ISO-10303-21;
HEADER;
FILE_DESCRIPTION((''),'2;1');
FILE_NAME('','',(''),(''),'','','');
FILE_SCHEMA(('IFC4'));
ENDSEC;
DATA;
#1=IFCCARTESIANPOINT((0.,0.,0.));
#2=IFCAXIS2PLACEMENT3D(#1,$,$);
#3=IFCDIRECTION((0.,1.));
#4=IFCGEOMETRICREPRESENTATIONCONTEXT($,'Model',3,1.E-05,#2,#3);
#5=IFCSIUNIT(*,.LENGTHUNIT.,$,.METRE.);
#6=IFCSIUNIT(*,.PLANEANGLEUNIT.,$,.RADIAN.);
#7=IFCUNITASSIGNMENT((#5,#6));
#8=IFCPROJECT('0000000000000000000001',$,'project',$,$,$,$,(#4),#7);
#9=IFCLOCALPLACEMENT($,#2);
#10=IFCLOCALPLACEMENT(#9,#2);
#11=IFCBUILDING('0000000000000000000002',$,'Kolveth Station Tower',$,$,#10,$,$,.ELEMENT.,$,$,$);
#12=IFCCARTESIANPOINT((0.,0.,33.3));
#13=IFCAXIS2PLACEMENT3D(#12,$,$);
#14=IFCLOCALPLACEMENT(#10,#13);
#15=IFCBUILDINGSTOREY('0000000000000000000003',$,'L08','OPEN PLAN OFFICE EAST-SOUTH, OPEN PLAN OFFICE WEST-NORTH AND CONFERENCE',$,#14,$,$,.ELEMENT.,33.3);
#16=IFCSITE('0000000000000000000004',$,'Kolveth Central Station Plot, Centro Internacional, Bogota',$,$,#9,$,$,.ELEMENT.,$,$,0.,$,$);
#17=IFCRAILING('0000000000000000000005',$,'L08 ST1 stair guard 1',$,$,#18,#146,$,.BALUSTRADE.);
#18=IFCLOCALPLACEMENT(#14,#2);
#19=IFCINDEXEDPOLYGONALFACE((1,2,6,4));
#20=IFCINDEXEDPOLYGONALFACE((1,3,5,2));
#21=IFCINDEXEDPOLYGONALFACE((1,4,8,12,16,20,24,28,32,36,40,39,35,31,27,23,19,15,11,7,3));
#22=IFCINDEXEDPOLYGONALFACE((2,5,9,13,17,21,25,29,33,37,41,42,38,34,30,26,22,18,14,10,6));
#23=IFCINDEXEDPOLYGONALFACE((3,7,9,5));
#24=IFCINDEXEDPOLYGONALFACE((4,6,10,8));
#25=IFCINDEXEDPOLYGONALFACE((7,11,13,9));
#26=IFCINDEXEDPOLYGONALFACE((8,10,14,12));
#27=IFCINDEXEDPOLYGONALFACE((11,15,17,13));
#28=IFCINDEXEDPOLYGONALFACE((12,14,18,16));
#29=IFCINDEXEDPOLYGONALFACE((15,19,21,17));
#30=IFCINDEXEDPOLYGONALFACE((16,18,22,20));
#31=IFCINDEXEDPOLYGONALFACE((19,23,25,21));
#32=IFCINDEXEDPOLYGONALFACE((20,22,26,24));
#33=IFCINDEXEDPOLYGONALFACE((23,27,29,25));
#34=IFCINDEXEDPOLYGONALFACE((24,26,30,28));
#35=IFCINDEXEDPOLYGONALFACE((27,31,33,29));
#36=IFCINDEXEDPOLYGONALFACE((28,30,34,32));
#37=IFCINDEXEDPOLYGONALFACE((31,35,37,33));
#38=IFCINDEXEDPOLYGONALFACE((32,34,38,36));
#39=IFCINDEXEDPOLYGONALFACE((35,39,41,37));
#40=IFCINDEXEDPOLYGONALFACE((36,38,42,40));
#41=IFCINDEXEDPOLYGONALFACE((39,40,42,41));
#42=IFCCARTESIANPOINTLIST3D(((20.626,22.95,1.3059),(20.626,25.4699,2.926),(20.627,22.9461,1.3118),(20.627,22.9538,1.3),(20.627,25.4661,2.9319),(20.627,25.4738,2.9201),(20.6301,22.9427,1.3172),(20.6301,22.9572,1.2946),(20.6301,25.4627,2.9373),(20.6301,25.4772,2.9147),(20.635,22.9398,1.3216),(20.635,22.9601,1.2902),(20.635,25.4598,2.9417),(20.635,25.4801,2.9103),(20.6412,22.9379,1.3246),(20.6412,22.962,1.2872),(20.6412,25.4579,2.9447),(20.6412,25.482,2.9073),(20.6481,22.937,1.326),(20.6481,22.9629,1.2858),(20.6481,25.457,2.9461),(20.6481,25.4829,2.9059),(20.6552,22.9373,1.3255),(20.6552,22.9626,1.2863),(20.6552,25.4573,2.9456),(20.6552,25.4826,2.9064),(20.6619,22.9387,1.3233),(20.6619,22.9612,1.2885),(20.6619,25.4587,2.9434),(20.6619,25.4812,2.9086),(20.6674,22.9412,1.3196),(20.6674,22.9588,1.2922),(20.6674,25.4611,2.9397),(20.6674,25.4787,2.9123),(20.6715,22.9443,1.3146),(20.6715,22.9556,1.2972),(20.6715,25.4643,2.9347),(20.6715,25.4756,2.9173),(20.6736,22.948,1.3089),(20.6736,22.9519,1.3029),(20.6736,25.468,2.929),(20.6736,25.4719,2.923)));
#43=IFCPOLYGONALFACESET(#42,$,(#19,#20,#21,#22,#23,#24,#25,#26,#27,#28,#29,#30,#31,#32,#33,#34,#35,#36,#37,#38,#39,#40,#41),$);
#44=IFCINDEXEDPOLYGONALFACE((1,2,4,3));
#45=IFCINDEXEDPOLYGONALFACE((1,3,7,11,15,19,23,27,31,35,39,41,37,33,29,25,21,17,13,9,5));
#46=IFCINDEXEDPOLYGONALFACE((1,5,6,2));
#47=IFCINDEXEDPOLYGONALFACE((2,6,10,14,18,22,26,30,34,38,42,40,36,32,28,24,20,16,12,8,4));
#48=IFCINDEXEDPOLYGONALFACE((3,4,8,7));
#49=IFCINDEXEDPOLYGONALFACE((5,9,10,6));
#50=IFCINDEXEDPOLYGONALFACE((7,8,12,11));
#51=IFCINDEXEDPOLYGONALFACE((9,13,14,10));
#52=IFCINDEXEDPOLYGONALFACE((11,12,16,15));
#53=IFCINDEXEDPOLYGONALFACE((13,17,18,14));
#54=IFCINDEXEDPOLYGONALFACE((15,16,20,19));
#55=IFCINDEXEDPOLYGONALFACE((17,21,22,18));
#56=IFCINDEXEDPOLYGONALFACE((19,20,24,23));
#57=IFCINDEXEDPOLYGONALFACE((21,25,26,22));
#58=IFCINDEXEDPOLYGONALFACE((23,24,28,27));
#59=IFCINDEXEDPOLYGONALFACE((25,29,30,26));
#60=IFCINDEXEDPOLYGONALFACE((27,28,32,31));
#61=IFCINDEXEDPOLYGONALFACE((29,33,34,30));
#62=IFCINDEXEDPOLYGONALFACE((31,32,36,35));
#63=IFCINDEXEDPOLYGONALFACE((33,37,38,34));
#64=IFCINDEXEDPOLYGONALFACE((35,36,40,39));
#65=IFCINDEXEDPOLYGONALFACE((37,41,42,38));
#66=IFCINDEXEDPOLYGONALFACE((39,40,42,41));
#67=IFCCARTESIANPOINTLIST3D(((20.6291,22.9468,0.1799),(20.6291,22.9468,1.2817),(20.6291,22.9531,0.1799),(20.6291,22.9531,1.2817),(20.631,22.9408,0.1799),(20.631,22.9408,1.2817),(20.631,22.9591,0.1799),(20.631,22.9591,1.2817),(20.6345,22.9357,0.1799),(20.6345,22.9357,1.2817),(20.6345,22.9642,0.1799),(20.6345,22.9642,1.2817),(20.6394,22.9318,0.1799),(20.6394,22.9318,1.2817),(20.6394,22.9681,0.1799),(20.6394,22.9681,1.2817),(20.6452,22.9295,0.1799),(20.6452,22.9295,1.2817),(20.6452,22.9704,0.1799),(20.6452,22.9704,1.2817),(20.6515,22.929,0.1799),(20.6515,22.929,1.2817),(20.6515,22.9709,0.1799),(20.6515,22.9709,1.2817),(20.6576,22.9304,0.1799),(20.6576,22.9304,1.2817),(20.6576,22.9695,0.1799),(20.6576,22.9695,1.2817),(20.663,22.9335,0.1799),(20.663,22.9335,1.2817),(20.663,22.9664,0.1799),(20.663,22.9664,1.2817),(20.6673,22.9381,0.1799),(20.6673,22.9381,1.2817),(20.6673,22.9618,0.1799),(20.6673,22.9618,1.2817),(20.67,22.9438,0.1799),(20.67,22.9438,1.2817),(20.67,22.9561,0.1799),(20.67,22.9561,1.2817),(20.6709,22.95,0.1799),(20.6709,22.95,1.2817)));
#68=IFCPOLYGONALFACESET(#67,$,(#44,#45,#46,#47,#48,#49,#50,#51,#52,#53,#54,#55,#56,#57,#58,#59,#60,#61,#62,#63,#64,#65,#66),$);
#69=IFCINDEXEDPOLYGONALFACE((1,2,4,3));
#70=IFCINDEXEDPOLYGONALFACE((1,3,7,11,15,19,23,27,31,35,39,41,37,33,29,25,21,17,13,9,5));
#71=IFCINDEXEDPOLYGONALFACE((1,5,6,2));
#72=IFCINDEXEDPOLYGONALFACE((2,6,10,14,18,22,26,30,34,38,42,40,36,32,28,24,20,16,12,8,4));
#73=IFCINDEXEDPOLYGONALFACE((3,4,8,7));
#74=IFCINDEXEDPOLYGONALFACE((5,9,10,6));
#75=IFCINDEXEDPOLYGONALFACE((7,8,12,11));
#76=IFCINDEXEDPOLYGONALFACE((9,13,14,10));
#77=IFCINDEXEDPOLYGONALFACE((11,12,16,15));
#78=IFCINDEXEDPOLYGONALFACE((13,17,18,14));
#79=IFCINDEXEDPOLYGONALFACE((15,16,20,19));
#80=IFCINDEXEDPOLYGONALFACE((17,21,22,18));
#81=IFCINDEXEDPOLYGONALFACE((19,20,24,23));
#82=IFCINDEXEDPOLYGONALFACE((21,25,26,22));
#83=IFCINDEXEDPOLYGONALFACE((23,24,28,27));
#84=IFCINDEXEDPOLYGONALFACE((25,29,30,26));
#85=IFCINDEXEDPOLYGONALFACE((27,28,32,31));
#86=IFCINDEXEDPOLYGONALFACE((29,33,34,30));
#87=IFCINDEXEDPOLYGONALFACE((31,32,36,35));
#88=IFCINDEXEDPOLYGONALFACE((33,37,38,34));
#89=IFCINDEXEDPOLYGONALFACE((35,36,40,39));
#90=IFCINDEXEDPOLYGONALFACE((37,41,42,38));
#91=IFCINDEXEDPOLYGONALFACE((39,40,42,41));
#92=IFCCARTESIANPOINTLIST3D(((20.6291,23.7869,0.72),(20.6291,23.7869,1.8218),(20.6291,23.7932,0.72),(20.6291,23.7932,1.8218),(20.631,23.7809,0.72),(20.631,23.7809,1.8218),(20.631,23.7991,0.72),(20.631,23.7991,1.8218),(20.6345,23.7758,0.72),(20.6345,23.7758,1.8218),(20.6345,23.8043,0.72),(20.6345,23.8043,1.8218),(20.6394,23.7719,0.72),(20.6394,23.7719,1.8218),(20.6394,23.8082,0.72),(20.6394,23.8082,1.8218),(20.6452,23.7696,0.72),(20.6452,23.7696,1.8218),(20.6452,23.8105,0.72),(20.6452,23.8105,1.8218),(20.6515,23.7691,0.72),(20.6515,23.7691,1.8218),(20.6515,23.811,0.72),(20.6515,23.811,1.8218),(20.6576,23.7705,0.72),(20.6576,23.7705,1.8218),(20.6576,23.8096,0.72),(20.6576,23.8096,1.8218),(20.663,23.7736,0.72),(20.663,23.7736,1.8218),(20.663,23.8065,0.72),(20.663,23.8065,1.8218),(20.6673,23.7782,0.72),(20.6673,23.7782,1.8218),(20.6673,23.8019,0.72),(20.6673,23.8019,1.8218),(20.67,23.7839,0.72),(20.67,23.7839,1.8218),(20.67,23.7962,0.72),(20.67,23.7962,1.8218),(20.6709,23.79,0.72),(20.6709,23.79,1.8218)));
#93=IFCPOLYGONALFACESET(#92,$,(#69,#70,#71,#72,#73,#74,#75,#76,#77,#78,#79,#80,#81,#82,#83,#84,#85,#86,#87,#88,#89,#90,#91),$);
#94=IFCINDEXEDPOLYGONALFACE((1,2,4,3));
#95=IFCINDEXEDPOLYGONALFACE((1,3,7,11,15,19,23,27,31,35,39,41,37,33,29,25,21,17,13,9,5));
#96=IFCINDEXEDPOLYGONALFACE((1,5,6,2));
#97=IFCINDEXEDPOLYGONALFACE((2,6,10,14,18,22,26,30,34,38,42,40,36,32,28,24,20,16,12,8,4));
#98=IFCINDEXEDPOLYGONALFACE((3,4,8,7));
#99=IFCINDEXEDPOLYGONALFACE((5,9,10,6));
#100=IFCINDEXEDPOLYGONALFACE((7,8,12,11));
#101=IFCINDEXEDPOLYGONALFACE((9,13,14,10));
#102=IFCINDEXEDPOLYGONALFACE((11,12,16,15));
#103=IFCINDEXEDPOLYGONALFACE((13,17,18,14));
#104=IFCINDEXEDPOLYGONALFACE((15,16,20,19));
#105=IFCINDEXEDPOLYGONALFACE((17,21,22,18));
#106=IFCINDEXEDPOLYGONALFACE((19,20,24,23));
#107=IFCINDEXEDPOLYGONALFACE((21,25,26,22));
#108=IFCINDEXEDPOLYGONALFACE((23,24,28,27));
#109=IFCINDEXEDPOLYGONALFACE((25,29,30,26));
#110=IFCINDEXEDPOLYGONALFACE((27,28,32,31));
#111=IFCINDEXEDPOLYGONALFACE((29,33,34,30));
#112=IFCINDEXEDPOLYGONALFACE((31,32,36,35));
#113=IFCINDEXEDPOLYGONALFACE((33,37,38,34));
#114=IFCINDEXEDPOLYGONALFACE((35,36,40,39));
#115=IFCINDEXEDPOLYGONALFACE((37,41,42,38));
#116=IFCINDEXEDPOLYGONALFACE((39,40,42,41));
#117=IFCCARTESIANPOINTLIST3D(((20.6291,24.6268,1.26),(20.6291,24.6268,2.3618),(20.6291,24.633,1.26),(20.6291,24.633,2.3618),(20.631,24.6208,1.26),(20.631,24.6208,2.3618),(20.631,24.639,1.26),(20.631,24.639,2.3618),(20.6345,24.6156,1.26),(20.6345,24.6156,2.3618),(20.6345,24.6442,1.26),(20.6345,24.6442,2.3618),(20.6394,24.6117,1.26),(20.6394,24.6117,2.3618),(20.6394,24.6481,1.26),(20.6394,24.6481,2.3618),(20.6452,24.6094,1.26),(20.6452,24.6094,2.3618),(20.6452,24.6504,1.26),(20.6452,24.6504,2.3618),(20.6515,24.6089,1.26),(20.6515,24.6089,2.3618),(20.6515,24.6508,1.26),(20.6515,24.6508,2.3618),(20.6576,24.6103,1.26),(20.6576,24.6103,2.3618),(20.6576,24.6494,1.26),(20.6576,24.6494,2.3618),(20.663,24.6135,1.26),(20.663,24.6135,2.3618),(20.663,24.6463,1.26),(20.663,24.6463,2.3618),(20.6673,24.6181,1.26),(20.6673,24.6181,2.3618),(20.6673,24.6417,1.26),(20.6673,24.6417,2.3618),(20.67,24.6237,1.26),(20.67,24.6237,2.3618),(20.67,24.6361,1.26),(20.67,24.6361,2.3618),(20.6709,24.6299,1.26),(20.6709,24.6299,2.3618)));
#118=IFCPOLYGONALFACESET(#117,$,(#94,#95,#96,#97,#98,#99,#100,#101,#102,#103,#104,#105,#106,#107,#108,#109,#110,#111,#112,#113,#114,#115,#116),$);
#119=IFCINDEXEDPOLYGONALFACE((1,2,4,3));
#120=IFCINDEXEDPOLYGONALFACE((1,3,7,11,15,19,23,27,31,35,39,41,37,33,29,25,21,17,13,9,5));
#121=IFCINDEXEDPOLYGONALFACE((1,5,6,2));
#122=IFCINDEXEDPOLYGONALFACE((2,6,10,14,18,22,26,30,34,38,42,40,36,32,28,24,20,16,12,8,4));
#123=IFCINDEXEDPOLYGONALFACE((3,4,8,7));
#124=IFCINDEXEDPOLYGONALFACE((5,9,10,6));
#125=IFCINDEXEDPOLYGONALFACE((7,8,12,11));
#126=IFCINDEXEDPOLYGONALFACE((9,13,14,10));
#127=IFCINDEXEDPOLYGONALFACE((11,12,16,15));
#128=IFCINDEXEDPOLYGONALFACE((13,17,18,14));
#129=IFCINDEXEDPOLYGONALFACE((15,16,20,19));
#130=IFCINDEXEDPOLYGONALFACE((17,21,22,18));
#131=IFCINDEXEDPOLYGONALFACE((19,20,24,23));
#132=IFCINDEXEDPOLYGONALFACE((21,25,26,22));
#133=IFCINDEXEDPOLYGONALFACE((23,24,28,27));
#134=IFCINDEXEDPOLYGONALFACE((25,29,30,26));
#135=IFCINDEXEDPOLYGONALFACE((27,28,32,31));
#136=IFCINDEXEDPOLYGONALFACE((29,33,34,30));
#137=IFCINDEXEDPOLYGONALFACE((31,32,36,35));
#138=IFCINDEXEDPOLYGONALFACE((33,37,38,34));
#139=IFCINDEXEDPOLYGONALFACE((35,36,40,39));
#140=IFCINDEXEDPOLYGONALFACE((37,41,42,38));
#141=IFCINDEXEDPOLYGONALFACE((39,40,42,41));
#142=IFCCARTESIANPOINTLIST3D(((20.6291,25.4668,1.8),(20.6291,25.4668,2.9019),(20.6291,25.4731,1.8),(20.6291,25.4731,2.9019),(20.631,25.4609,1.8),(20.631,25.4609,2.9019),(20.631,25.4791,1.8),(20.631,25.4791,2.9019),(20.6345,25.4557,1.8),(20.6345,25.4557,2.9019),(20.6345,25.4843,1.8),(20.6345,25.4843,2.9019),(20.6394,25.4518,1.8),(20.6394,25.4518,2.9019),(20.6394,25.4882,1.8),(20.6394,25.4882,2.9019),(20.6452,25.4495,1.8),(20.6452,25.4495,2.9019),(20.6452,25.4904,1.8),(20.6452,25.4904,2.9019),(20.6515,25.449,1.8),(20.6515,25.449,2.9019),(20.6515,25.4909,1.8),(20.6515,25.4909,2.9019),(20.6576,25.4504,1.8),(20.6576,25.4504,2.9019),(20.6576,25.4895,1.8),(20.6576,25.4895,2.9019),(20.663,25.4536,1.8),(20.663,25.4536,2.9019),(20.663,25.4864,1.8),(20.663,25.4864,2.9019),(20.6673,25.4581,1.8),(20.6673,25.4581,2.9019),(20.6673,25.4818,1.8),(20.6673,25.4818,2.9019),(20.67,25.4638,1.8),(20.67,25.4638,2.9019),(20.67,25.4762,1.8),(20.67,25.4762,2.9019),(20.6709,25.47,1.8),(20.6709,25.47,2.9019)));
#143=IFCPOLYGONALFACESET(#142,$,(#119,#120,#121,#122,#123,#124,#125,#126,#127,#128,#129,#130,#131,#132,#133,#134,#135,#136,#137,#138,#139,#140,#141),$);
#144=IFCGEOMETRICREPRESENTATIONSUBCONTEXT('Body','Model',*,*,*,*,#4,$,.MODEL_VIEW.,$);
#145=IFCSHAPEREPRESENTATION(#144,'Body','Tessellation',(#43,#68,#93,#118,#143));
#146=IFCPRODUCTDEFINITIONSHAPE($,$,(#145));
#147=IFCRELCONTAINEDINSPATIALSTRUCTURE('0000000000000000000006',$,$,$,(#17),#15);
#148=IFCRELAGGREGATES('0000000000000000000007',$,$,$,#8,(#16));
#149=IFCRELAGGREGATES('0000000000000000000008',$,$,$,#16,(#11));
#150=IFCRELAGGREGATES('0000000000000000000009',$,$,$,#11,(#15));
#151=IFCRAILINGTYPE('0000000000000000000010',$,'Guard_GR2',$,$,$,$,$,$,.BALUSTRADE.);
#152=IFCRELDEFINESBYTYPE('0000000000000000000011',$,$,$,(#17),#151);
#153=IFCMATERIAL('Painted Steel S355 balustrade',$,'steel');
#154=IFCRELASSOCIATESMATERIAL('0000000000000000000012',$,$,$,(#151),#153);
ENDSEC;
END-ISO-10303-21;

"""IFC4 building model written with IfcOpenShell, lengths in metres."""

from ifc_helpers import new_model, si_unit, direction, frame, origin, origin_2d, place, context, subcontext, project, spatial, circle, extrude, material, type_object, element, save


model = new_model("IFC4")

# Units and contexts
model_context = context("Model", 3, precision=1e-05, world=origin(), true_north=direction((0.0, 1.0)))
body_context = subcontext(model_context, "Body", "Model", "MODEL_VIEW")
ifc_project = project(units=[si_unit("LENGTHUNIT", "METRE"), si_unit("PLANEANGLEUNIT", "RADIAN")], contexts=[model_context])

# Site, building, storey
site_placement = place(None, origin())
site = spatial("IfcSite", under=ifc_project, at=site_placement, Name="Kolveth Central Station Plot, Centro Internacional, Bogota", CompositionType="ELEMENT", RefElevation=0.0)
building_placement = place(site_placement, origin())
building = spatial("IfcBuilding", under=site, at=building_placement, Name="Kolveth Station Tower", CompositionType="ELEMENT")
storey_placement = place(building_placement, frame((0.0, 0.0, 33.3)))
storey = spatial("IfcBuildingStorey", under=building, at=storey_placement, Name="L08", Description="OPEN PLAN OFFICE EAST-SOUTH, OPEN PLAN OFFICE WEST-NORTH AND CONFERENCE", CompositionType="ELEMENT", Elevation=33.3)

# Railing
ifc_material_1 = material(Name="Painted Steel S355 balustrade", Category="steel")
railing_type_1 = type_object("IfcRailingType", Name="Guard_GR2", PredefinedType="BALUSTRADE", material=ifc_material_1)
railing_1_placement = place(storey_placement, frame((20.6499, 22.95, 0.1799)))
element("IfcRailing", 1, at=railing_1_placement, inside=storey, type_object=railing_type_1, Name="L08 ST1 stair guard 1", PredefinedType="BALUSTRADE", context=body_context, shape_type="SweptSolid", body=[
    extrude(circle(Radius=0.0239, at=origin_2d()), frame((0.0, 0.0, 1.126), z_axis=(0.0, 0.841163, 0.540782), x_axis=(-1.0, 0.0, 0.0)), (0.0, 0.0, 1.0), 2.9958),
    extrude(circle(Radius=0.021, at=origin_2d()), origin(), (0.0, 0.0, 1.0), 1.1018),
    extrude(circle(Radius=0.021, at=origin_2d()), frame((0.0, 0.8401, 0.54)), (0.0, 0.0, 1.0), 1.1018),
    extrude(circle(Radius=0.021, at=origin_2d()), frame((0.0, 1.6799, 1.0801)), (0.0, 0.0, 1.0), 1.1018),
    extrude(circle(Radius=0.021, at=origin_2d()), frame((0.0, 2.52, 1.6201)), (0.0, 0.0, 1.0), 1.1018),
])

save(model, "model.ifc")
